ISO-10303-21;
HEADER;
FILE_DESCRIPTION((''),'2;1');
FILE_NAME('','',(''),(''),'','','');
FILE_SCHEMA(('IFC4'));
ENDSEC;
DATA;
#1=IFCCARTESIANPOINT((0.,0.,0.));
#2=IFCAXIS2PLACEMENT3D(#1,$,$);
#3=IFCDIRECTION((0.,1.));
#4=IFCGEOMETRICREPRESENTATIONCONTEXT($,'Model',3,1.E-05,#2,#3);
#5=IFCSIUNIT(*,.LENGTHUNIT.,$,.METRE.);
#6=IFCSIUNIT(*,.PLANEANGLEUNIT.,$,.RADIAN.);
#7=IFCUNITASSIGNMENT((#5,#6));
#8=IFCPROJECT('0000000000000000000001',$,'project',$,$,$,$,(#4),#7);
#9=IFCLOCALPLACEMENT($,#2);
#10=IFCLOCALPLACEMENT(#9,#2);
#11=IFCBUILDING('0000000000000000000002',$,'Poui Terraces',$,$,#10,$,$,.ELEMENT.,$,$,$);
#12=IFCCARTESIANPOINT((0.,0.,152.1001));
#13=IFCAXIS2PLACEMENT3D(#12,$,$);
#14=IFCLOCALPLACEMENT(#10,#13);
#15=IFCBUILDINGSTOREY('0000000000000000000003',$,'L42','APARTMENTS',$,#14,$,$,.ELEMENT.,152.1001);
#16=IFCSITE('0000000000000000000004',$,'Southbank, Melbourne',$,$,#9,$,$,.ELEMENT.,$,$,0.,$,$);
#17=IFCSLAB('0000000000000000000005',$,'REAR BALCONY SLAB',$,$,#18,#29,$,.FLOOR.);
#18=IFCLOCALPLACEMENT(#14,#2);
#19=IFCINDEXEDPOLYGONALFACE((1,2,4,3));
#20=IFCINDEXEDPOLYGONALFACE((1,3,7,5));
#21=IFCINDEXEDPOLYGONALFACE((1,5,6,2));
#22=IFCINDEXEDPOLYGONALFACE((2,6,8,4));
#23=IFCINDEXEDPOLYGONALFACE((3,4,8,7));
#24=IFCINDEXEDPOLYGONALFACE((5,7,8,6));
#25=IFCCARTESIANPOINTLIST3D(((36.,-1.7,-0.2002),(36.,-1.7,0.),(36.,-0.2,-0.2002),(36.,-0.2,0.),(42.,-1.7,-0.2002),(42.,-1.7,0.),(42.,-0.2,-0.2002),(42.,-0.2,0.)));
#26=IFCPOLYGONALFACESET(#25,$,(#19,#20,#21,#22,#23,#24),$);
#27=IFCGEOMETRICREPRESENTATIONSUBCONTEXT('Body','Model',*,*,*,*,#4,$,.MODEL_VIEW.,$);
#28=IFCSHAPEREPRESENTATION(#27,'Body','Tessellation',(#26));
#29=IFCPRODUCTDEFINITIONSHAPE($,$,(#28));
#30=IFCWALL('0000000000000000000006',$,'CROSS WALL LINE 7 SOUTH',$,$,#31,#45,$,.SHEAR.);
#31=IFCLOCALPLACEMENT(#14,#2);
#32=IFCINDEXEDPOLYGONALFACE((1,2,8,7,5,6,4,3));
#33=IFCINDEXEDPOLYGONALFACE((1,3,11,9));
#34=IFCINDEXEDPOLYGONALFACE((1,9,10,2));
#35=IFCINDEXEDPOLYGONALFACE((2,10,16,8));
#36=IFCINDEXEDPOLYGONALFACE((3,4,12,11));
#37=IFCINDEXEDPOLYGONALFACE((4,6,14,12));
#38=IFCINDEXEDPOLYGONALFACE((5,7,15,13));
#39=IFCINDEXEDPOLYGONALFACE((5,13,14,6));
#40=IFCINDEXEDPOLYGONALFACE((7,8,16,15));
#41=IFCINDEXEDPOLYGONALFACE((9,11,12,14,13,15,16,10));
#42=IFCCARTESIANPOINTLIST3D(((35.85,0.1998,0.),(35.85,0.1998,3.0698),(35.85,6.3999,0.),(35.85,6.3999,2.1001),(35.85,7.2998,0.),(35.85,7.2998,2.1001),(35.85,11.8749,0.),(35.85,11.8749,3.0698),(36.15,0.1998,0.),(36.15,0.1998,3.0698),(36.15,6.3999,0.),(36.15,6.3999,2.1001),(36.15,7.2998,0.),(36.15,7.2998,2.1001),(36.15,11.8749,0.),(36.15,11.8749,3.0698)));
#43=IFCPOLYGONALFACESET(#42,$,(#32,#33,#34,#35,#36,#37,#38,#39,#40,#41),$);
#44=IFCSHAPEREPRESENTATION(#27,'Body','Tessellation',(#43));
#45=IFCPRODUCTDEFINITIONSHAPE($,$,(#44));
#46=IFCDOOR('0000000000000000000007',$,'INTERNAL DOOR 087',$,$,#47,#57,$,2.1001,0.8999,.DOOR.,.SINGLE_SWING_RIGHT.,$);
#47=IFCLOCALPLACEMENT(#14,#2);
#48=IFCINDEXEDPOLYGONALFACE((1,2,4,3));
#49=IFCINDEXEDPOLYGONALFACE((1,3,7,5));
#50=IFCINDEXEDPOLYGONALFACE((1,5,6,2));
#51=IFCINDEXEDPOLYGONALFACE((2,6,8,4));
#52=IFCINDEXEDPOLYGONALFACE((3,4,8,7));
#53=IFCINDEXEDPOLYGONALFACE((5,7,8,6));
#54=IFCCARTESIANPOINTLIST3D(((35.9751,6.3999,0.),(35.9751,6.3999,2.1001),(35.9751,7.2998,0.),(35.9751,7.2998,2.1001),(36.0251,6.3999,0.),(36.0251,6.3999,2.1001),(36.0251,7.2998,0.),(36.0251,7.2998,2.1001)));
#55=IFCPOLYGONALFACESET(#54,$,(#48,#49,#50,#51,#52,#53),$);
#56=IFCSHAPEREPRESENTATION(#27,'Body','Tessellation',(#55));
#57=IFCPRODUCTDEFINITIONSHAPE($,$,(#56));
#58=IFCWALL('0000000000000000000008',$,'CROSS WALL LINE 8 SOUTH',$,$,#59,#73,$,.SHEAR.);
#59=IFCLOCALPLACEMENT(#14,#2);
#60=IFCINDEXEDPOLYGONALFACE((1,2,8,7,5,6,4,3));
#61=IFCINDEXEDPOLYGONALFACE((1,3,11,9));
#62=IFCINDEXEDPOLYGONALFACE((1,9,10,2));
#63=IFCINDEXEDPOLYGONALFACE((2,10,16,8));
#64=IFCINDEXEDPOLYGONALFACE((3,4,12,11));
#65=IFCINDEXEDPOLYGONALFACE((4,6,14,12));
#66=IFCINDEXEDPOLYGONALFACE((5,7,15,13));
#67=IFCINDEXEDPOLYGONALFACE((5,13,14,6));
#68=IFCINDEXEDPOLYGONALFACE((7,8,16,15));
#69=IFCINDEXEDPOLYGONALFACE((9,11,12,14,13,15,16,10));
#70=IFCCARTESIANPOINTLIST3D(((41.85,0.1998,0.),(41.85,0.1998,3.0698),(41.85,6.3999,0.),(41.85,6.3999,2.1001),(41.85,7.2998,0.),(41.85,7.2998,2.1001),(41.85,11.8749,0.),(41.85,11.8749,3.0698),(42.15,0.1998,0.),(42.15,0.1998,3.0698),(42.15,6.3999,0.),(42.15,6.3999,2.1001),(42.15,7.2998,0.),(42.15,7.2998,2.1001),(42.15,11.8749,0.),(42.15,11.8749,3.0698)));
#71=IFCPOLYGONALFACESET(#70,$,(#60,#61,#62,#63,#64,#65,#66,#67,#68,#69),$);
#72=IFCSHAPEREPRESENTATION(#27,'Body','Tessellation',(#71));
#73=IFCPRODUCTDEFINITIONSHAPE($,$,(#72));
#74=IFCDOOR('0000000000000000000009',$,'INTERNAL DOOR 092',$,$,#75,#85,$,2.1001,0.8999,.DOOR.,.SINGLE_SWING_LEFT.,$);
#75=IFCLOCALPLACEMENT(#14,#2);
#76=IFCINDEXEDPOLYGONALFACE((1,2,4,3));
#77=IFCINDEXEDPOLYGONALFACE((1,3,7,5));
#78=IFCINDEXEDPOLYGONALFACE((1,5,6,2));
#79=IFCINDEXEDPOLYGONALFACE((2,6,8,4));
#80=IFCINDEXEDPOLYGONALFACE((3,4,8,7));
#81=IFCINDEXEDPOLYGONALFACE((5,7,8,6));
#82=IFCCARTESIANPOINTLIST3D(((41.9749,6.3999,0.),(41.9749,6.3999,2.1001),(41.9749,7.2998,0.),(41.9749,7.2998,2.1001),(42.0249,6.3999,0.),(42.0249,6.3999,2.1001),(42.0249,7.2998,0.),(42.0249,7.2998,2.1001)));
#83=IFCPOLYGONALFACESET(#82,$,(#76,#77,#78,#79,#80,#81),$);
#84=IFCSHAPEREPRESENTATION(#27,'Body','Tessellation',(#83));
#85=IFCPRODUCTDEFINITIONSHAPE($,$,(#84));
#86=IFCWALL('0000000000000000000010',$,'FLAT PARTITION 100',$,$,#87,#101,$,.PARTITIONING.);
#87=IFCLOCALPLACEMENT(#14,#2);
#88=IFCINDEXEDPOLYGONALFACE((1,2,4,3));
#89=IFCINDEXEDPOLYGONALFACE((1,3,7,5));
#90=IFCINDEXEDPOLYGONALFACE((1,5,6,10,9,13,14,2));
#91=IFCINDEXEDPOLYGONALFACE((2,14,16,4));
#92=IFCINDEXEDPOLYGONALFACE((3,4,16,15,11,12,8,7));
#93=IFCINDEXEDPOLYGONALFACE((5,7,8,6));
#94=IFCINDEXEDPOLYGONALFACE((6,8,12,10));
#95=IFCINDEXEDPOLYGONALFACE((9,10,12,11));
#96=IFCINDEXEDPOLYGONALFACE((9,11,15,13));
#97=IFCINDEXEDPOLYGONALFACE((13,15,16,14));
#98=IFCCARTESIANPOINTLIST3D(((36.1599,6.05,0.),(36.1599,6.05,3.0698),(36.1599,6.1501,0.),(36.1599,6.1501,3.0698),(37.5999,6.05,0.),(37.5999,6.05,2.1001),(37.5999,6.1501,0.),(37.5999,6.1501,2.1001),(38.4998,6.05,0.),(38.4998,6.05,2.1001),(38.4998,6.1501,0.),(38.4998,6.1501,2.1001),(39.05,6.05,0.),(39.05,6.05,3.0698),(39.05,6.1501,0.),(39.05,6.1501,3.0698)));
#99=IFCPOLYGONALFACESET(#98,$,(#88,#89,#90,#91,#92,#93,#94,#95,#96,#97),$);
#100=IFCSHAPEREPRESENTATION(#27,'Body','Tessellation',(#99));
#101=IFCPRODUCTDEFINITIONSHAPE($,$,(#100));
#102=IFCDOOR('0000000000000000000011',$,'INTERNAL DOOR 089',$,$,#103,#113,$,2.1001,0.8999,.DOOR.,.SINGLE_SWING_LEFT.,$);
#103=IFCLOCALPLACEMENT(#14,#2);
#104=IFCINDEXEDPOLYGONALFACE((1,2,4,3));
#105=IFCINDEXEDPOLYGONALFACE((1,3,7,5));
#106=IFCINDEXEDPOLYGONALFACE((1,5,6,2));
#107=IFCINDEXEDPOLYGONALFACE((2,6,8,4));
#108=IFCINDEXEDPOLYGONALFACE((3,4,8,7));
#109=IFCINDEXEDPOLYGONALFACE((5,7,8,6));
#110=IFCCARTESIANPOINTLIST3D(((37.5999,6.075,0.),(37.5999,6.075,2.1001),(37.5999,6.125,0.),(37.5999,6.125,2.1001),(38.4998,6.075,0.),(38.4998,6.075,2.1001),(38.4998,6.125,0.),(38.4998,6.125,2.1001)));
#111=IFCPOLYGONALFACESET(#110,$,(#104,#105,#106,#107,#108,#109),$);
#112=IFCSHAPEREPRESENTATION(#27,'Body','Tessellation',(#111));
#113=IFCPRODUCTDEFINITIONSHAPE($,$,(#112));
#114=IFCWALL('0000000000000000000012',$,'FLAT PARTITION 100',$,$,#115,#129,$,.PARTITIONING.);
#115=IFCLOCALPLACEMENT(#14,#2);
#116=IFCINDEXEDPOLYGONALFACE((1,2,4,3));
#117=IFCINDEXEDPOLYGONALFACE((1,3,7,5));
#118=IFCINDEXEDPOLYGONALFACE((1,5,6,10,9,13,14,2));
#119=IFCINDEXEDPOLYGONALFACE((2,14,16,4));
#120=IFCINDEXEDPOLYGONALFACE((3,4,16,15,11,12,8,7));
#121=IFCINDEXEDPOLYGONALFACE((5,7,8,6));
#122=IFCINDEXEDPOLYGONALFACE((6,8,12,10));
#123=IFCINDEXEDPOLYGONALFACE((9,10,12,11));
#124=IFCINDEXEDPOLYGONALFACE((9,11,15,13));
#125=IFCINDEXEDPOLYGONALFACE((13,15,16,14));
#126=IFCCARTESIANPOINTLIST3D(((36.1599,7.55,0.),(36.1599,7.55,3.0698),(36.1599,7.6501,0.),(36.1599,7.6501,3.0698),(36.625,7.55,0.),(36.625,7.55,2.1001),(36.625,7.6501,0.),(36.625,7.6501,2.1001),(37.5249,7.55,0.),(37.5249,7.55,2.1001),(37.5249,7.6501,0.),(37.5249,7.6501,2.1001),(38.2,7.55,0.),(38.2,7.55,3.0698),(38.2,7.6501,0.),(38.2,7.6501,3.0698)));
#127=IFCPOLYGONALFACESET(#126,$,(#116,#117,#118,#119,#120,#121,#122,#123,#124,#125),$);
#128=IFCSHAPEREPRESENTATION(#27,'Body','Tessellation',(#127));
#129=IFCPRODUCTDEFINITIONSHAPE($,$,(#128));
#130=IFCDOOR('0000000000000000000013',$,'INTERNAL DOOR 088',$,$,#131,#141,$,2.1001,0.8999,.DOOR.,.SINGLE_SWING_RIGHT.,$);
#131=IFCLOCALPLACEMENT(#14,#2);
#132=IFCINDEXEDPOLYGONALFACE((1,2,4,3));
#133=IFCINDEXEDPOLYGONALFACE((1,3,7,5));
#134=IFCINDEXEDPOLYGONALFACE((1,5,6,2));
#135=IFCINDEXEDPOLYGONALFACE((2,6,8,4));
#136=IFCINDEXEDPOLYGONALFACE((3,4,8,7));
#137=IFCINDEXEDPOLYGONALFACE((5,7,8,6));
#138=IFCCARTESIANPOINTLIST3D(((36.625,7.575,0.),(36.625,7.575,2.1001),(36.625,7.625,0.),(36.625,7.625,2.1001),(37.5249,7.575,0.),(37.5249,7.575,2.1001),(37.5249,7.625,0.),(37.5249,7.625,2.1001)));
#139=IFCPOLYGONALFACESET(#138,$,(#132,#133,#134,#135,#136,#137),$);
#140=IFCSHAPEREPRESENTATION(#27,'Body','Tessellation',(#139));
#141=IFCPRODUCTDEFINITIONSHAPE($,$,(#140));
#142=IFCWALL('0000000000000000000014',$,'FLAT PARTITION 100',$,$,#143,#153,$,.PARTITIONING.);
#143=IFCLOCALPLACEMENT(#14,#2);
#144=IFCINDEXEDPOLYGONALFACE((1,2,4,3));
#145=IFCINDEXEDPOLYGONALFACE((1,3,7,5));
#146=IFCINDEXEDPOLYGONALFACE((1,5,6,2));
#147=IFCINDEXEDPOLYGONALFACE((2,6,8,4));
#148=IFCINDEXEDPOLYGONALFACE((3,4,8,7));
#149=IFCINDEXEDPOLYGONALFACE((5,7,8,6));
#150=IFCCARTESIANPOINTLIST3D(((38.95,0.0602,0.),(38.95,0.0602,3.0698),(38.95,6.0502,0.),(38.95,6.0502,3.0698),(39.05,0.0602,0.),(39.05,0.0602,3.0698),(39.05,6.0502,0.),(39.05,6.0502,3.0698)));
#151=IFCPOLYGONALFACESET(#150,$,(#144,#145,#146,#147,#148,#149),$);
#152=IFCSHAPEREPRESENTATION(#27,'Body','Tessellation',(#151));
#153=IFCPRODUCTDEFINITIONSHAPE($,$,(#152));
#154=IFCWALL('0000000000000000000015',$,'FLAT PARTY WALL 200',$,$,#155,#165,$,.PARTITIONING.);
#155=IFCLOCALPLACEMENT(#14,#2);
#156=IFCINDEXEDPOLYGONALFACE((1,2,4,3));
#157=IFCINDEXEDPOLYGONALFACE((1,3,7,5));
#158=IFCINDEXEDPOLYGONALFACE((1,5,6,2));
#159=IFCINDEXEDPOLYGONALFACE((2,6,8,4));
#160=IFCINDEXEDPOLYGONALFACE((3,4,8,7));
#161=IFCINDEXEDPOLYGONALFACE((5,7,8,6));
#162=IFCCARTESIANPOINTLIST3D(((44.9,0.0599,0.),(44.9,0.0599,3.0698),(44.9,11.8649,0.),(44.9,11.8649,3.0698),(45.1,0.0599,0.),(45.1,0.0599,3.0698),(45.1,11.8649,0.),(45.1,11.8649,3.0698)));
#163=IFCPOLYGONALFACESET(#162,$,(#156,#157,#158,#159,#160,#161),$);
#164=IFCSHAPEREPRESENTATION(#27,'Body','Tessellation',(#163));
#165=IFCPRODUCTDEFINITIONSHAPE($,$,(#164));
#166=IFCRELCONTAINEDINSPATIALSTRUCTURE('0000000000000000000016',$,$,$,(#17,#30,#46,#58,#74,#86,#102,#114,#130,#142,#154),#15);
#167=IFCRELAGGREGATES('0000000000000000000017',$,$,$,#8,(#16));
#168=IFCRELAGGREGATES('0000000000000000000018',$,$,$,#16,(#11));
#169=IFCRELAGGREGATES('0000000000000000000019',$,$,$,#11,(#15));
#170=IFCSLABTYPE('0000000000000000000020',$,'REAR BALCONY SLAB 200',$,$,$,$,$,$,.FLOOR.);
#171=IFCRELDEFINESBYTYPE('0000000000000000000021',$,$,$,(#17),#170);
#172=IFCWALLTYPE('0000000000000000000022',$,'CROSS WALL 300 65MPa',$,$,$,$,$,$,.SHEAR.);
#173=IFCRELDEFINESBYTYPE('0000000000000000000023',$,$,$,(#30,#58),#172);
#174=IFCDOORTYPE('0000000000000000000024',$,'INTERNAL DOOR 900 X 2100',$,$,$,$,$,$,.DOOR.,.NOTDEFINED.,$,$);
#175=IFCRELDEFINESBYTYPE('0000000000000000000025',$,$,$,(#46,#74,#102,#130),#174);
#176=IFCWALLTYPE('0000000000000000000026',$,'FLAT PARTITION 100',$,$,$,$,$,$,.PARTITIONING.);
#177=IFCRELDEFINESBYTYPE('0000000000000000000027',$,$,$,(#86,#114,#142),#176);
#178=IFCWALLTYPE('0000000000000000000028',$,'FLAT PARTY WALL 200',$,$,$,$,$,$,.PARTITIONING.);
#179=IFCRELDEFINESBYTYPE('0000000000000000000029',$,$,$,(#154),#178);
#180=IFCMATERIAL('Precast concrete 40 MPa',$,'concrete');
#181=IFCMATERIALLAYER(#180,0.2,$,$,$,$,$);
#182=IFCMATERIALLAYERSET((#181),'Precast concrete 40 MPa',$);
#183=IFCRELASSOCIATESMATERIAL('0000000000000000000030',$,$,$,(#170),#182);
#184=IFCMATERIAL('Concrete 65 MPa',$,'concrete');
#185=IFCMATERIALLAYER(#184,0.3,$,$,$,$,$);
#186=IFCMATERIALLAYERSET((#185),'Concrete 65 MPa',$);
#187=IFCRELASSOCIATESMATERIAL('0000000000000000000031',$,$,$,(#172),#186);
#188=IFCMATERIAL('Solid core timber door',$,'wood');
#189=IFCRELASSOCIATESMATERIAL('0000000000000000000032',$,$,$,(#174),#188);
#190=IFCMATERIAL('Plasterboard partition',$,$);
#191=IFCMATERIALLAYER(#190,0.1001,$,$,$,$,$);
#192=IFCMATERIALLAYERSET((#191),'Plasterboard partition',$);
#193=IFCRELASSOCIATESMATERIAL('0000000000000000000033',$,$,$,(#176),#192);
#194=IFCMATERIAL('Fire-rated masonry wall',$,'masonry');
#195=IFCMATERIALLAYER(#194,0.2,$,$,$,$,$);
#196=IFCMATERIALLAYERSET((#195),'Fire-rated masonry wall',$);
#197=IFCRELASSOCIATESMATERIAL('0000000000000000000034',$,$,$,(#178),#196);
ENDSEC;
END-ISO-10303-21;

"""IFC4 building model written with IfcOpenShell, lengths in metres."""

from ifc_helpers import new_model, si_unit, direction, frame, frame_2d, origin, place, context, subcontext, project, spatial, polyline, rectangle, outline, extrude, source, transform, mapped, material, layer, layer_set, type_object, element, fill, save


model = new_model("IFC4")

# Units and contexts
model_context = context("Model", 3, precision=1e-05, world=origin(), true_north=direction((0.0, 1.0)))
body_context = subcontext(model_context, "Body", "Model", "MODEL_VIEW")
ifc_project = project(units=[si_unit("LENGTHUNIT", "METRE"), si_unit("PLANEANGLEUNIT", "RADIAN")], contexts=[model_context])

# Site, building, storey
site_placement = place(None, origin())
site = spatial("IfcSite", under=ifc_project, at=site_placement, Name="Southbank, Melbourne", CompositionType="ELEMENT", RefElevation=0.0)
building_placement = place(site_placement, origin())
building = spatial("IfcBuilding", under=site, at=building_placement, Name="Poui Terraces", CompositionType="ELEMENT")
storey_placement = place(building_placement, frame((0.0, 0.0, 152.1001)))
storey = spatial("IfcBuildingStorey", under=building, at=storey_placement, Name="L42", Description="APARTMENTS", CompositionType="ELEMENT", Elevation=152.1001)

# Slab
ifc_material_1 = material(Name="Precast concrete 40 MPa", Category="concrete")
ifc_layer_1 = layer(ifc_material_1, 0.2)
ifc_layer_set_1 = layer_set([ifc_layer_1], Name="Precast concrete 40 MPa")
slab_type = type_object("IfcSlabType", Name="REAR BALCONY SLAB 200", PredefinedType="FLOOR", material=ifc_layer_set_1)
shared_shape_1 = source(origin(), body_context, "Body", "SweptSolid", [
    extrude(outline(polyline([(0.0, 0.0), (6.0, 0.0), (6.0, 1.5), (0.0, 1.5), (0.0, 0.0)])), origin(), (0.0, 0.0, 1.0), 0.2002),
])
slab_placement = place(storey_placement, frame((36.0, -1.7, -0.2002)))
element("IfcSlab", 1, at=slab_placement, inside=storey, type_object=slab_type, Name="REAR BALCONY SLAB", PredefinedType="FLOOR", context=body_context, shape_type="MappedRepresentation", body=[
    mapped(shared_shape_1, transform((0.0, 0.0, 0.0))),
])

# Walls, openings, doors
ifc_material_2 = material(Name="Concrete 65 MPa", Category="concrete")
ifc_layer_2 = layer(ifc_material_2, 0.3)
ifc_layer_set_2 = layer_set([ifc_layer_2], Name="Concrete 65 MPa")
wall_type_1 = type_object("IfcWallType", Name="CROSS WALL 300 65MPa", PredefinedType="SHEAR", material=ifc_layer_set_2)
wall_1_placement = place(storey_placement, frame((36.0, 0.2, 0.0), z_axis=(0.0, 0.0, 1.0), x_axis=(0.0, 1.0, 0.0)))
wall_1 = element("IfcWall", 2, at=wall_1_placement, inside=storey, type_object=wall_type_1, Name="CROSS WALL LINE 7 SOUTH", PredefinedType="SHEAR", context=body_context, shape_type="SweptSolid", body=[
    extrude(rectangle(XDim=11.675, YDim=0.3, at=frame_2d((5.8374, 0.0))), origin(), (0.0, 0.0, 1.0), 3.0698),
])
opening_1_placement = place(wall_1_placement, frame((6.2, 0.0, 0.0)))
opening_1 = element("IfcOpeningElement", 3, at=opening_1_placement, cuts=wall_1, PredefinedType="OPENING", context=body_context, shape_type="SweptSolid", body=[
    extrude(rectangle(XDim=0.8999, YDim=2.1001, at=frame_2d((0.45, 1.05))), frame((0.0, 0.1602, 0.0), z_axis=(0.0, -1.0, 0.0), x_axis=(1.0, 0.0, 0.0)), (0.0, 0.0, 1.0), 0.3201),
])
ifc_material_3 = material(Name="Solid core timber door", Category="wood")
door_type = type_object("IfcDoorType", Name="INTERNAL DOOR 900 X 2100", OperationType="NOTDEFINED", PredefinedType="DOOR", material=ifc_material_3)
door_1_placement = place(opening_1_placement, origin())
door_1 = element("IfcDoor", 4, at=door_1_placement, inside=storey, type_object=door_type, Name="INTERNAL DOOR 087", OperationType="SINGLE_SWING_RIGHT", OverallHeight=2.1001, OverallWidth=0.8999, PredefinedType="DOOR", context=body_context, shape_type="SweptSolid", body=[
    extrude(rectangle(XDim=0.8999, YDim=2.1001, at=frame_2d((0.45, 1.05))), frame((0.0, 0.0249, 0.0), z_axis=(0.0, -1.0, 0.0), x_axis=(1.0, 0.0, 0.0)), (0.0, 0.0, 1.0), 0.05),
])
fill(opening_1, door_1)
wall_2_placement = place(storey_placement, frame((42.0, 0.2, 0.0), z_axis=(0.0, 0.0, 1.0), x_axis=(0.0, 1.0, 0.0)))
wall_2 = element("IfcWall", 5, at=wall_2_placement, inside=storey, type_object=wall_type_1, Name="CROSS WALL LINE 8 SOUTH", PredefinedType="SHEAR", context=body_context, shape_type="SweptSolid", body=[
    extrude(rectangle(XDim=11.675, YDim=0.3, at=frame_2d((5.8374, 0.0))), origin(), (0.0, 0.0, 1.0), 3.0698),
])
opening_2_placement = place(wall_2_placement, frame((6.2, 0.0, 0.0)))
opening_2 = element("IfcOpeningElement", 6, at=opening_2_placement, cuts=wall_2, PredefinedType="OPENING", context=body_context, shape_type="SweptSolid", body=[
    extrude(rectangle(XDim=0.8999, YDim=2.1001, at=frame_2d((0.45, 1.05))), frame((0.0, 0.1602, 0.0), z_axis=(0.0, -1.0, 0.0), x_axis=(1.0, 0.0, 0.0)), (0.0, 0.0, 1.0), 0.3201),
])
door_2_placement = place(opening_2_placement, frame((0.8999, 0.0, 0.0), z_axis=(0.0, 0.0, 1.0), x_axis=(-1.0, 0.0, 0.0)))
door_2 = element("IfcDoor", 7, at=door_2_placement, inside=storey, type_object=door_type, Name="INTERNAL DOOR 092", OperationType="SINGLE_SWING_LEFT", OverallHeight=2.1001, OverallWidth=0.8999, PredefinedType="DOOR", context=body_context, shape_type="SweptSolid", body=[
    extrude(rectangle(XDim=0.8999, YDim=2.1001, at=frame_2d((0.45, 1.05))), frame((0.0, 0.0249, 0.0), z_axis=(0.0, -1.0, 0.0), x_axis=(1.0, 0.0, 0.0)), (0.0, 0.0, 1.0), 0.05),
])
fill(opening_2, door_2)
ifc_material_4 = material(Name="Plasterboard partition")
ifc_layer_3 = layer(ifc_material_4, 0.1001)
ifc_layer_set_3 = layer_set([ifc_layer_3], Name="Plasterboard partition")
wall_type_2 = type_object("IfcWallType", Name="FLAT PARTITION 100", PredefinedType="PARTITIONING", material=ifc_layer_set_3)
wall_3_placement = place(storey_placement, frame((36.1599, 6.1001, 0.0), z_axis=(0.0, 0.0, 1.0), x_axis=(1.0, 0.0, 0.0)))
wall_3 = element("IfcWall", 8, at=wall_3_placement, inside=storey, type_object=wall_type_2, Name="FLAT PARTITION 100", PredefinedType="PARTITIONING", context=body_context, shape_type="SweptSolid", body=[
    extrude(rectangle(XDim=2.8901, YDim=0.1001, at=frame_2d((1.4451, 0.0))), origin(), (0.0, 0.0, 1.0), 3.0698),
])
opening_3_placement = place(wall_3_placement, frame((1.4399, 0.0, 0.0)))
opening_3 = element("IfcOpeningElement", 9, at=opening_3_placement, cuts=wall_3, PredefinedType="OPENING", context=body_context, shape_type="SweptSolid", body=[
    extrude(rectangle(XDim=0.8999, YDim=2.1001, at=frame_2d((0.45, 1.05))), frame((0.0, 0.0601, 0.0), z_axis=(0.0, -1.0, 0.0), x_axis=(1.0, 0.0, 0.0)), (0.0, 0.0, 1.0), 0.1201),
])
door_3_placement = place(opening_3_placement, origin())
door_3 = element("IfcDoor", 10, at=door_3_placement, inside=storey, type_object=door_type, Name="INTERNAL DOOR 089", OperationType="SINGLE_SWING_LEFT", OverallHeight=2.1001, OverallWidth=0.8999, PredefinedType="DOOR", context=body_context, shape_type="SweptSolid", body=[
    extrude(rectangle(XDim=0.8999, YDim=2.1001, at=frame_2d((0.45, 1.05))), frame((0.0, 0.0249, 0.0), z_axis=(0.0, -1.0, 0.0), x_axis=(1.0, 0.0, 0.0)), (0.0, 0.0, 1.0), 0.05),
])
fill(opening_3, door_3)
wall_4_placement = place(storey_placement, frame((36.1599, 7.6001, 0.0), z_axis=(0.0, 0.0, 1.0), x_axis=(1.0, 0.0, 0.0)))
wall_4 = element("IfcWall", 11, at=wall_4_placement, inside=storey, type_object=wall_type_2, Name="FLAT PARTITION 100", PredefinedType="PARTITIONING", context=body_context, shape_type="SweptSolid", body=[
    extrude(rectangle(XDim=2.04, YDim=0.1001, at=frame_2d((1.02, 0.0))), origin(), (0.0, 0.0, 1.0), 3.0698),
])
opening_4_placement = place(wall_4_placement, frame((0.4651, 0.0, 0.0)))
opening_4 = element("IfcOpeningElement", 12, at=opening_4_placement, cuts=wall_4, PredefinedType="OPENING", context=body_context, shape_type="SweptSolid", body=[
    extrude(rectangle(XDim=0.8999, YDim=2.1001, at=frame_2d((0.45, 1.05))), frame((0.0, 0.0601, 0.0), z_axis=(0.0, -1.0, 0.0), x_axis=(1.0, 0.0, 0.0)), (0.0, 0.0, 1.0), 0.1201),
])
door_4_placement = place(opening_4_placement, origin())
door_4 = element("IfcDoor", 13, at=door_4_placement, inside=storey, type_object=door_type, Name="INTERNAL DOOR 088", OperationType="SINGLE_SWING_RIGHT", OverallHeight=2.1001, OverallWidth=0.8999, PredefinedType="DOOR", context=body_context, shape_type="SweptSolid", body=[
    extrude(rectangle(XDim=0.8999, YDim=2.1001, at=frame_2d((0.45, 1.05))), frame((0.0, 0.0249, 0.0), z_axis=(0.0, -1.0, 0.0), x_axis=(1.0, 0.0, 0.0)), (0.0, 0.0, 1.0), 0.05),
])
fill(opening_4, door_4)

# Walls
wall_5_placement = place(storey_placement, frame((39.0, 0.0601, 0.0), z_axis=(0.0, 0.0, 1.0), x_axis=(0.0, 1.0, 0.0)))
element("IfcWall", 14, at=wall_5_placement, inside=storey, type_object=wall_type_2, Name="FLAT PARTITION 100", PredefinedType="PARTITIONING", context=body_context, shape_type="SweptSolid", body=[
    extrude(rectangle(XDim=5.99, YDim=0.1001, at=frame_2d((2.9951, 0.0))), origin(), (0.0, 0.0, 1.0), 3.0698),
])
ifc_material_5 = material(Name="Fire-rated masonry wall", Category="masonry")
ifc_layer_4 = layer(ifc_material_5, 0.2)
ifc_layer_set_4 = layer_set([ifc_layer_4], Name="Fire-rated masonry wall")
wall_type_3 = type_object("IfcWallType", Name="FLAT PARTY WALL 200", PredefinedType="PARTITIONING", material=ifc_layer_set_4)
wall_6_placement = place(storey_placement, frame((45.0, 0.0601, 0.0), z_axis=(0.0, 0.0, 1.0), x_axis=(0.0, 1.0, 0.0)))
element("IfcWall", 15, at=wall_6_placement, inside=storey, type_object=wall_type_3, Name="FLAT PARTY WALL 200", PredefinedType="PARTITIONING", context=body_context, shape_type="SweptSolid", body=[
    extrude(rectangle(XDim=11.8049, YDim=0.2, at=frame_2d((5.9023, 0.0))), origin(), (0.0, 0.0, 1.0), 3.0698),
])

save(model, "model.ifc")
